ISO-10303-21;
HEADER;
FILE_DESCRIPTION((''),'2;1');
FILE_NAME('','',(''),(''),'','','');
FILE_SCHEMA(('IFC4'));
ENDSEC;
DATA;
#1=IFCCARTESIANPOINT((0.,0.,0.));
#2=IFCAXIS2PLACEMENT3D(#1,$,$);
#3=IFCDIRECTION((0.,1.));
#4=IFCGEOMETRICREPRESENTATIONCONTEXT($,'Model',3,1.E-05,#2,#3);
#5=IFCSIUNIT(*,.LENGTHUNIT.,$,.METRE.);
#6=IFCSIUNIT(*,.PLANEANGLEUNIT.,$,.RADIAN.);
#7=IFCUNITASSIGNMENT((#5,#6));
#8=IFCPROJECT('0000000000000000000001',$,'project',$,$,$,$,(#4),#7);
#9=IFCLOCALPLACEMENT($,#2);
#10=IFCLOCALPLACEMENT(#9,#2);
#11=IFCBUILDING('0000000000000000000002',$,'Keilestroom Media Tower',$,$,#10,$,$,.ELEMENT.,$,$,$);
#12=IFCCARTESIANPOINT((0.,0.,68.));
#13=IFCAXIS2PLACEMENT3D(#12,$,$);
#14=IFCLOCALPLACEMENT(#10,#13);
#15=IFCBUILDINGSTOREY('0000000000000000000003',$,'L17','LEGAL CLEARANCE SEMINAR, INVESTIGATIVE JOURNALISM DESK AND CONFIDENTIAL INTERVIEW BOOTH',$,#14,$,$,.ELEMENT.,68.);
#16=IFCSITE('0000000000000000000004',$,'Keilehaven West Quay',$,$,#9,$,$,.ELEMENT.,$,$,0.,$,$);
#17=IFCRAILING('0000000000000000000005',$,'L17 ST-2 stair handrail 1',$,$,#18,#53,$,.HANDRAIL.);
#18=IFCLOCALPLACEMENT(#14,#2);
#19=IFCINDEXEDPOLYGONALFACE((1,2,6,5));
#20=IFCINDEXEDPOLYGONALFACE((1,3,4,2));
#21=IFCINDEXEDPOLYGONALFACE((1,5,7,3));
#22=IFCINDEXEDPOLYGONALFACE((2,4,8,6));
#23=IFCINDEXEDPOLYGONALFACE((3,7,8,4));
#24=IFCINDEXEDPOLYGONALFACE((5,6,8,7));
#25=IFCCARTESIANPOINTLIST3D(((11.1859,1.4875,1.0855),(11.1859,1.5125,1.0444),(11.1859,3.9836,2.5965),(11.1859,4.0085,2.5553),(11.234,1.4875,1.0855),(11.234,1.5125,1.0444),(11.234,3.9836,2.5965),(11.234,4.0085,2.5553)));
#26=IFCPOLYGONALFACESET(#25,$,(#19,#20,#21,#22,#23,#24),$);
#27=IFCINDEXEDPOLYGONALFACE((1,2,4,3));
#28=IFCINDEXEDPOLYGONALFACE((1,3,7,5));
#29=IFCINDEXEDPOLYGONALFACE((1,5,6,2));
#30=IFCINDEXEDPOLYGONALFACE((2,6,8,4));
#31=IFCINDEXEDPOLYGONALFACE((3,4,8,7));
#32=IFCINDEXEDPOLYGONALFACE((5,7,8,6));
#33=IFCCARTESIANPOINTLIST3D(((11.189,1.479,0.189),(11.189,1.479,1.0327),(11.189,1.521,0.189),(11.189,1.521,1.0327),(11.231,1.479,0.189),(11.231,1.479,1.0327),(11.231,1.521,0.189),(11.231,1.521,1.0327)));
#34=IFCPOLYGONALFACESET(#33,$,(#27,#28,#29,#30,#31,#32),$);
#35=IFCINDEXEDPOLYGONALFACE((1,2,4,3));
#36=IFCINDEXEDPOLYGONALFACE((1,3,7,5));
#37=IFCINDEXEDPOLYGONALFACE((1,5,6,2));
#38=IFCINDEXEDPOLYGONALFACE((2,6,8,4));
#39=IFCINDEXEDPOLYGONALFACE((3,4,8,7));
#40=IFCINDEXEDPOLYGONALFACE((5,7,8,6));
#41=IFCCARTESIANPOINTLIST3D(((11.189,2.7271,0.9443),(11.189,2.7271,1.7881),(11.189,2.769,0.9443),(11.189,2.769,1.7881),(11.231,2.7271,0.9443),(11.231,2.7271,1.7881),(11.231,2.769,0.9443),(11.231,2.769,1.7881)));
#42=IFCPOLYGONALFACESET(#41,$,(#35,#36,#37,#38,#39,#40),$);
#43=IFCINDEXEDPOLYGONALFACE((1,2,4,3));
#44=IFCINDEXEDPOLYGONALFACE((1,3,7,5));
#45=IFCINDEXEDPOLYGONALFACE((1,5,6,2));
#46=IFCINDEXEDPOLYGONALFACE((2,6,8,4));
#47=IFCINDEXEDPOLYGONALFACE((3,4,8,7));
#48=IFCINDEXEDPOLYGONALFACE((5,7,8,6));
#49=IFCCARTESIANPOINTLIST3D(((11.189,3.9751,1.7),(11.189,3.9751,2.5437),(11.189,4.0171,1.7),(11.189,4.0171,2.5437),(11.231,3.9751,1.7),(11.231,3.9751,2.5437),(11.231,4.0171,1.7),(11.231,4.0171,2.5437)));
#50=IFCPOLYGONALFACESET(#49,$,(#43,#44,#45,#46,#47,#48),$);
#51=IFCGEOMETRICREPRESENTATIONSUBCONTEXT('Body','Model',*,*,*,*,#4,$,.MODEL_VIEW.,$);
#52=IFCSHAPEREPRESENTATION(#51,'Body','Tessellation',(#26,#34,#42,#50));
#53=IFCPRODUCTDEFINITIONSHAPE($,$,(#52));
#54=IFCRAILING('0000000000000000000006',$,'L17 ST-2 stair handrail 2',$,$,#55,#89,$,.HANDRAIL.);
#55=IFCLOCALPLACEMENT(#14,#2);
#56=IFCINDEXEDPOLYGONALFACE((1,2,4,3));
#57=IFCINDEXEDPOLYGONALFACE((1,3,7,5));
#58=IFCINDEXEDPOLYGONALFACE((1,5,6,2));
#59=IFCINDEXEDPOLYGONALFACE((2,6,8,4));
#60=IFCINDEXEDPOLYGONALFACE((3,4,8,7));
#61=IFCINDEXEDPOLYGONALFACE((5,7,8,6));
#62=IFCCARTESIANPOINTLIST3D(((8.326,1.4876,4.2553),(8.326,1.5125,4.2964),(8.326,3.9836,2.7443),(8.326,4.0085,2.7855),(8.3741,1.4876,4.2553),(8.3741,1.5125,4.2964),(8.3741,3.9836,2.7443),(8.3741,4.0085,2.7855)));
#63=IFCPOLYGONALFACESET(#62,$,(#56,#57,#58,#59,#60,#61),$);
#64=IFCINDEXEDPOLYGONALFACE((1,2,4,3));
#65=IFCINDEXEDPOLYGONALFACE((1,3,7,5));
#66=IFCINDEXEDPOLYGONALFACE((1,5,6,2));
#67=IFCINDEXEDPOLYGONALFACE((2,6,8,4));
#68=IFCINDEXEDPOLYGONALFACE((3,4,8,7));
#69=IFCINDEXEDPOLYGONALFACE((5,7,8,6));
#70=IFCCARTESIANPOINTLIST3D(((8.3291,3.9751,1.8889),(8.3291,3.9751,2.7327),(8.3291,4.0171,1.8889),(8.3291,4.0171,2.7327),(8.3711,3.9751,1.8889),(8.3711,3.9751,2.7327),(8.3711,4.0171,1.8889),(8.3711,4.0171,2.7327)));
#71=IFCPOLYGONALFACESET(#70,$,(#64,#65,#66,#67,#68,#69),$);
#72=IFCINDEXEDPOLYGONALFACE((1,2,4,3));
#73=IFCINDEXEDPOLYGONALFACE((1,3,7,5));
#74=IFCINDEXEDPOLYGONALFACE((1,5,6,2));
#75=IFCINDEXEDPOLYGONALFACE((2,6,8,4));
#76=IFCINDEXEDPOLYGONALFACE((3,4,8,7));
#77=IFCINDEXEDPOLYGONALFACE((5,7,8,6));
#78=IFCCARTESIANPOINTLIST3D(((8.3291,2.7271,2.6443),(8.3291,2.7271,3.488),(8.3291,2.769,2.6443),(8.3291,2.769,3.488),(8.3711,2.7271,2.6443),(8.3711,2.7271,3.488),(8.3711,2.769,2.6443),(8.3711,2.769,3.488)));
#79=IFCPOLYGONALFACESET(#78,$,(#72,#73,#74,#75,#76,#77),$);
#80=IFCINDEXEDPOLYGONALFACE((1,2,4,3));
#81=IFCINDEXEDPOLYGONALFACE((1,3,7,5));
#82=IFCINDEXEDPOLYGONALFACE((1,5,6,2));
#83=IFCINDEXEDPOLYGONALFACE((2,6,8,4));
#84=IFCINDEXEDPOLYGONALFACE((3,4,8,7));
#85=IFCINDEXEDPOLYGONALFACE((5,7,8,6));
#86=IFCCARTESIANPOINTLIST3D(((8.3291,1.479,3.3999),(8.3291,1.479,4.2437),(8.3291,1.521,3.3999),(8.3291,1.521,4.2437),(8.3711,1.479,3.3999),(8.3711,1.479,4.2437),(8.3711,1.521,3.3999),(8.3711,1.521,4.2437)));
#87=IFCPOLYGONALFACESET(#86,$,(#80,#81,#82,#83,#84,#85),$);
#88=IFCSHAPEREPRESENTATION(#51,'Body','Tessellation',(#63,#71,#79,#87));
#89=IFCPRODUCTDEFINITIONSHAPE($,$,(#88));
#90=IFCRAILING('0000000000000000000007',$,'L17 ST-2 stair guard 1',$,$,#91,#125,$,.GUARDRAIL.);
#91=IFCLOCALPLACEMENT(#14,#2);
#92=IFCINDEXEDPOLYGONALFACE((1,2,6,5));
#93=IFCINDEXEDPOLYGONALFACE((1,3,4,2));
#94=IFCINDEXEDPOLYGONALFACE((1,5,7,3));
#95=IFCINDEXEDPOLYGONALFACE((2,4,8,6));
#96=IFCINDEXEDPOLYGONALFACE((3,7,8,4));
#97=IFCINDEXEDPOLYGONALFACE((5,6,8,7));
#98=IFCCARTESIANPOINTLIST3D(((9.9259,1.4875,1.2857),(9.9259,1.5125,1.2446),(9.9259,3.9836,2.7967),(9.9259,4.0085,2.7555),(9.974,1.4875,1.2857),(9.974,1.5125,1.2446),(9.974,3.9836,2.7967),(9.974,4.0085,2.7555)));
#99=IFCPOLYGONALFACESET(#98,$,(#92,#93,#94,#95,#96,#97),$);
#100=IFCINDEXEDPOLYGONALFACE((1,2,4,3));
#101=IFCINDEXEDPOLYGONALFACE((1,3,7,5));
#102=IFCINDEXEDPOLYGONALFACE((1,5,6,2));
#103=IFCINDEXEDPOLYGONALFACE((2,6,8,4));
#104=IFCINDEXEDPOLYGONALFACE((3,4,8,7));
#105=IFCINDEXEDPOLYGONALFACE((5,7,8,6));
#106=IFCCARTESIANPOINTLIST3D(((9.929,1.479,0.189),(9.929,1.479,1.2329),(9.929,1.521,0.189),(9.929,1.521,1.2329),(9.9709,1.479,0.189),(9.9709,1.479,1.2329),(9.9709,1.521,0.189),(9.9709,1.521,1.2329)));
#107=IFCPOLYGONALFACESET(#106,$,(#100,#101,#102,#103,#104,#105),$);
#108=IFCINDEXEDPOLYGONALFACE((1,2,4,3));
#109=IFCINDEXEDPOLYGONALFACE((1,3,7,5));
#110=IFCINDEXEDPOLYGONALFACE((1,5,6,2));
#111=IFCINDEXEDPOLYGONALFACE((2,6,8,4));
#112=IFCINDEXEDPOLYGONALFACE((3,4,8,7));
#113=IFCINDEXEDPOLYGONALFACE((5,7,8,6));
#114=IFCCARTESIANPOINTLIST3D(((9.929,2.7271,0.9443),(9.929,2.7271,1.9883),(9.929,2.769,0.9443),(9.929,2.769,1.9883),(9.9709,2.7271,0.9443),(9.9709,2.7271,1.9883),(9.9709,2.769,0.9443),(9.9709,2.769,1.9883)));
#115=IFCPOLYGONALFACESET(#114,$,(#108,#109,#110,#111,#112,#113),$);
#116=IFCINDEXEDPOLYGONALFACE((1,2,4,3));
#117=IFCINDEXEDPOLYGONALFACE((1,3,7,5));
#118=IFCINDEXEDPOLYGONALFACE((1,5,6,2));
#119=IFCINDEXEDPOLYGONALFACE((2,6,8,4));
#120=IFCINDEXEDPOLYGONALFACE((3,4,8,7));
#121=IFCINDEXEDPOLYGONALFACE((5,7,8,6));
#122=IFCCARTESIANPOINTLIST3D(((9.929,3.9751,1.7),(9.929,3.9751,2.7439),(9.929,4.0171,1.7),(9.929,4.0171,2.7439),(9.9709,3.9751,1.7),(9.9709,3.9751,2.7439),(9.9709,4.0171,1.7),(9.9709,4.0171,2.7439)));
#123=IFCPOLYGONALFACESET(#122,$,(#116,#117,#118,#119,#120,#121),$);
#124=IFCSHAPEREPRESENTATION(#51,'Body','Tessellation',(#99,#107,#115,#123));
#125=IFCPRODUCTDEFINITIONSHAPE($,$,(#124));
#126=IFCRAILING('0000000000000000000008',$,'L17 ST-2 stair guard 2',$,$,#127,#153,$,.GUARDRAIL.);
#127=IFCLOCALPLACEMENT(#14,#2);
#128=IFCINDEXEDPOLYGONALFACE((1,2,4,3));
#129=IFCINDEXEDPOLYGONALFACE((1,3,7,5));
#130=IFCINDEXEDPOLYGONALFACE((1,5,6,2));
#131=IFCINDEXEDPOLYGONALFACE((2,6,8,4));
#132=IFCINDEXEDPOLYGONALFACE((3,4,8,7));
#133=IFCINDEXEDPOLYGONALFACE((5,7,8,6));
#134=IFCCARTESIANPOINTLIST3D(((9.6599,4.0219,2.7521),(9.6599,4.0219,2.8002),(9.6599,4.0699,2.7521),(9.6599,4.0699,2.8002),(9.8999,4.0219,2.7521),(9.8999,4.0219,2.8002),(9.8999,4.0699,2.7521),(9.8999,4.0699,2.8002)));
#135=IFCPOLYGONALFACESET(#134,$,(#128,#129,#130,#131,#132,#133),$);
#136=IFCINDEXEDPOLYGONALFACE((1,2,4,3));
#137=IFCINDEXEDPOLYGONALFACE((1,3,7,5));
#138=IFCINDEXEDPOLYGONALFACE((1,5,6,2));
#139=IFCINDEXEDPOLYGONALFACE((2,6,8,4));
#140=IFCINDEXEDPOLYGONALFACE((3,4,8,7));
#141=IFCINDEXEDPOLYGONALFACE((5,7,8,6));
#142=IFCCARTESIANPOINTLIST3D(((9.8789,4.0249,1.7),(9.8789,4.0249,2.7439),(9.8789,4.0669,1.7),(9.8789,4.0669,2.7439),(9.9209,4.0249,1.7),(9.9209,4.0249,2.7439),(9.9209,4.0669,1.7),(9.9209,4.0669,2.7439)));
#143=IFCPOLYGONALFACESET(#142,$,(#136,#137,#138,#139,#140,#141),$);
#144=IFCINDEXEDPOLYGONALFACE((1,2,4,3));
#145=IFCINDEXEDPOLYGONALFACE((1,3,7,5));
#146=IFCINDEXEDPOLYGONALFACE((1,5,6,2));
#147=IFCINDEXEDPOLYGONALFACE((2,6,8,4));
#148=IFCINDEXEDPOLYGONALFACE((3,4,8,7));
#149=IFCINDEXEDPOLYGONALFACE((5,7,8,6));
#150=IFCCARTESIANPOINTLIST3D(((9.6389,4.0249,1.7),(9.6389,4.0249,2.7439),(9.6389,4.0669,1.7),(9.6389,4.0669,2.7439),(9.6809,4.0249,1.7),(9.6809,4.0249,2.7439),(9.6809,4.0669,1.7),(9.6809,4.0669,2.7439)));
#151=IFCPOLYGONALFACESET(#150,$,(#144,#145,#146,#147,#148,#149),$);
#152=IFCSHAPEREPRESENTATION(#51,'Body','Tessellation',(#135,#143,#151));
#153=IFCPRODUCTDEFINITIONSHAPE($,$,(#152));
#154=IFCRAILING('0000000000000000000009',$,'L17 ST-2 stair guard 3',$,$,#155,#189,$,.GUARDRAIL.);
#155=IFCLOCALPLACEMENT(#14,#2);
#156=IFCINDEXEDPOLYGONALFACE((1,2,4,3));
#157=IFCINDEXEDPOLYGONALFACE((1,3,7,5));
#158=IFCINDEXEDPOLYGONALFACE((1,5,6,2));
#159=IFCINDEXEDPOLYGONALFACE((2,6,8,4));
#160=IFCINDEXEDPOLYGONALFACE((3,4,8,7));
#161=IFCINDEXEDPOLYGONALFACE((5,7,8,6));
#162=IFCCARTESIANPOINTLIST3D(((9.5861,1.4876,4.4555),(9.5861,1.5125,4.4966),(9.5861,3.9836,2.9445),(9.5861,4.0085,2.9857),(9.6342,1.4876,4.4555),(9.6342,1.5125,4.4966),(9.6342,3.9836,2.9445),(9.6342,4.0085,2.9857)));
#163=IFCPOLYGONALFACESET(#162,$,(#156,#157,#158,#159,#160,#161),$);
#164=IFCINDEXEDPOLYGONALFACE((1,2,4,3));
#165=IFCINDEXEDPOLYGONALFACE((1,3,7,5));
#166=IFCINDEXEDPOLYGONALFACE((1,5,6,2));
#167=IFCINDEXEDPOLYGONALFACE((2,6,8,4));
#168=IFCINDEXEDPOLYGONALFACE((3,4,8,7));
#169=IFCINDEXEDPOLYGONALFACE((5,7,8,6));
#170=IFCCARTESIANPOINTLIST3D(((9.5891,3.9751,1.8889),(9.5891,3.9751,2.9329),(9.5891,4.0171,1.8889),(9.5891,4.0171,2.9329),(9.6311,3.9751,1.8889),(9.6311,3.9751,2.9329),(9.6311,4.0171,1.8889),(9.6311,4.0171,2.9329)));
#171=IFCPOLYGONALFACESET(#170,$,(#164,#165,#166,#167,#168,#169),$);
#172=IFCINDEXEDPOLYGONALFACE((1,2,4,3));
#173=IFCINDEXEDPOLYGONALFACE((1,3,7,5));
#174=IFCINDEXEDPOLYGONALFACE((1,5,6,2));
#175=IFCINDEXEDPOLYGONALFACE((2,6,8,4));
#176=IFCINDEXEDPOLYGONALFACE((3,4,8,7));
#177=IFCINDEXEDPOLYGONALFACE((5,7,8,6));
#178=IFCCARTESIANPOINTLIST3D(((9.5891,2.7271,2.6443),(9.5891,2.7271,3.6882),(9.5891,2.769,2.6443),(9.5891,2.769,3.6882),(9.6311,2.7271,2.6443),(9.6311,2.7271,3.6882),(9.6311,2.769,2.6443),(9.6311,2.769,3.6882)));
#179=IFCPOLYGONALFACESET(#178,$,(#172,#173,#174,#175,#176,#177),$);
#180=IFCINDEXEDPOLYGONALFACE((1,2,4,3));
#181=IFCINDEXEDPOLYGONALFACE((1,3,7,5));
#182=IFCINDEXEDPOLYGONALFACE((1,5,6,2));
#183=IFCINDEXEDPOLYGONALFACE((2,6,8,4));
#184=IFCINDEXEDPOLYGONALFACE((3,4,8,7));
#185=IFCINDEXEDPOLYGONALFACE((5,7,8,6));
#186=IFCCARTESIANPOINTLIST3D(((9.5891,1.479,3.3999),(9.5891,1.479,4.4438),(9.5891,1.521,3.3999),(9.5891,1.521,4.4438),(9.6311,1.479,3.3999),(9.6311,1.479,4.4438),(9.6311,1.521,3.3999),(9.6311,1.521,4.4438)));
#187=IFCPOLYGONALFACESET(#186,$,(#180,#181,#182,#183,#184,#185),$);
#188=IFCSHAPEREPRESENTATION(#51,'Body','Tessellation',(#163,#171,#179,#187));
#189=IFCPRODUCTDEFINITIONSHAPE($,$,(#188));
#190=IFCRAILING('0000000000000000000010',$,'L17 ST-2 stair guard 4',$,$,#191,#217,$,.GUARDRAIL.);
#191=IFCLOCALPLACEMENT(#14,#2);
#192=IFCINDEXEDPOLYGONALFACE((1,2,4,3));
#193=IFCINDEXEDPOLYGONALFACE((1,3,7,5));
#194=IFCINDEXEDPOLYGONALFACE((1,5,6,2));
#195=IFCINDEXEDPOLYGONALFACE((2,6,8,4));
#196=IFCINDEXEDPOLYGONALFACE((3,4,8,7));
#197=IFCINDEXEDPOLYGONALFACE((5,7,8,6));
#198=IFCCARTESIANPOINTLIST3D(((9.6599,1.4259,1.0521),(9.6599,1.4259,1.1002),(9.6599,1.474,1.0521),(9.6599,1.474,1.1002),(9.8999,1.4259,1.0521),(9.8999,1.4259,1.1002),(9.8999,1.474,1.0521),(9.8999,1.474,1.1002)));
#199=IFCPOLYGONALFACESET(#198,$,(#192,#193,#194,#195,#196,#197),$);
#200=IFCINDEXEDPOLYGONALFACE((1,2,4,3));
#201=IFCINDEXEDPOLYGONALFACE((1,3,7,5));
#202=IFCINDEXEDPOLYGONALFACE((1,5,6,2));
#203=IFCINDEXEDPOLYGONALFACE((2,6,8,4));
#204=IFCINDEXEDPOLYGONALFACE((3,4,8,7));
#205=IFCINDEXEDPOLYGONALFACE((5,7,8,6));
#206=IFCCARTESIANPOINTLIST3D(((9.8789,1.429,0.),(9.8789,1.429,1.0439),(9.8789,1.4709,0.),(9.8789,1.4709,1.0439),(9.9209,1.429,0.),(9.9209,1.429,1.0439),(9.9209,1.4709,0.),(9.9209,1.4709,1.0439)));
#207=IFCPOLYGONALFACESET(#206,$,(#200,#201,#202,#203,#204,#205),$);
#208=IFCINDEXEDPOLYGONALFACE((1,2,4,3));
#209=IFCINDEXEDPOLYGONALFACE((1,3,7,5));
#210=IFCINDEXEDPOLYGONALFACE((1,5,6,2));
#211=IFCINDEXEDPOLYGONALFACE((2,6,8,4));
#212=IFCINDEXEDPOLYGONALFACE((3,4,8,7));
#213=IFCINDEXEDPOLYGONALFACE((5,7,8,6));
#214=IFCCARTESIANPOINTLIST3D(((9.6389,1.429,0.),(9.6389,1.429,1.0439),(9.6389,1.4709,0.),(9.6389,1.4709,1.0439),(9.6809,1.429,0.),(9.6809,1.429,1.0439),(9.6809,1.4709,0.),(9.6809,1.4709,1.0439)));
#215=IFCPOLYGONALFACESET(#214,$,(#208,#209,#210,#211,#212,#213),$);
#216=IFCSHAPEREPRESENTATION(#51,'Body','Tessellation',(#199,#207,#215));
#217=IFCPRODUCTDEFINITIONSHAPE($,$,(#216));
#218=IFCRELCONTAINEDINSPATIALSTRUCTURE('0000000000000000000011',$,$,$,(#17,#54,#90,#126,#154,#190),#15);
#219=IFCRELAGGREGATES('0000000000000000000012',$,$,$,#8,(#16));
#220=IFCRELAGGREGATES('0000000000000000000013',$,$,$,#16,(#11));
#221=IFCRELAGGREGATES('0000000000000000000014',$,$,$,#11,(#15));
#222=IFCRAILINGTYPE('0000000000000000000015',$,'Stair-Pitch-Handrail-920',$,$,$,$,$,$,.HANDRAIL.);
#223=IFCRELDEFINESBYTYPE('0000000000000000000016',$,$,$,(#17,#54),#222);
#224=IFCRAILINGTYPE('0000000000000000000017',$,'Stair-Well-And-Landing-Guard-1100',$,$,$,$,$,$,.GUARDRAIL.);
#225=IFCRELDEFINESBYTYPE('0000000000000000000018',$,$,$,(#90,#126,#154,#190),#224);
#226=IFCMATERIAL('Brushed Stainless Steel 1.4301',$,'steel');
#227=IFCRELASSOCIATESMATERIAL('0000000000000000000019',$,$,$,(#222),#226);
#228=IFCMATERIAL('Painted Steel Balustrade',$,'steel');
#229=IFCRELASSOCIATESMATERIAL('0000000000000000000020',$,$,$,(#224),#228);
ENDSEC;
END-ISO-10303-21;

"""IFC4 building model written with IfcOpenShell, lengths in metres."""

from ifc_helpers import new_model, si_unit, direction, frame, origin, origin_2d, place, context, subcontext, project, spatial, rectangle, extrude, material, type_object, element, save


model = new_model("IFC4")

# Units and contexts
model_context = context("Model", 3, precision=1e-05, world=origin(), true_north=direction((0.0, 1.0)))
body_context = subcontext(model_context, "Body", "Model", "MODEL_VIEW")
ifc_project = project(units=[si_unit("LENGTHUNIT", "METRE"), si_unit("PLANEANGLEUNIT", "RADIAN")], contexts=[model_context])

# Site, building, storey
site_placement = place(None, origin())
site = spatial("IfcSite", under=ifc_project, at=site_placement, Name="Keilehaven West Quay", CompositionType="ELEMENT", RefElevation=0.0)
building_placement = place(site_placement, origin())
building = spatial("IfcBuilding", under=site, at=building_placement, Name="Keilestroom Media Tower", CompositionType="ELEMENT")
storey_placement = place(building_placement, frame((0.0, 0.0, 68.0)))
storey = spatial("IfcBuildingStorey", under=building, at=storey_placement, Name="L17", Description="LEGAL CLEARANCE SEMINAR, INVESTIGATIVE JOURNALISM DESK AND CONFIDENTIAL INTERVIEW BOOTH", CompositionType="ELEMENT", Elevation=68.0)

# Railings
ifc_material_1 = material(Name="Brushed Stainless Steel 1.4301", Category="steel")
railing_type_1 = type_object("IfcRailingType", Name="Stair-Pitch-Handrail-920", PredefinedType="HANDRAIL", material=ifc_material_1)
railing_1_placement = place(storey_placement, frame((11.21, 1.5, 0.189)))
element("IfcRailing", 1, at=railing_1_placement, inside=storey, type_object=railing_type_1, Name="L17 ST-2 stair handrail 1", PredefinedType="HANDRAIL", context=body_context, shape_type="SweptSolid", body=[
    extrude(rectangle(XDim=0.0481, YDim=0.0481, at=origin_2d()), frame((0.0, 0.0, 0.876), z_axis=(0.0, 0.855471, 0.517851), x_axis=(-1.0, 0.0, 0.0)), (0.0, 0.0, 1.0), 2.9177),
    extrude(rectangle(XDim=0.042, YDim=0.042, at=origin_2d()), origin(), (0.0, 0.0, 1.0), 0.8438),
    extrude(rectangle(XDim=0.042, YDim=0.042, at=origin_2d()), frame((0.0, 1.248, 0.7554)), (0.0, 0.0, 1.0), 0.8438),
    extrude(rectangle(XDim=0.042, YDim=0.042, at=origin_2d()), frame((0.0, 2.4961, 1.511)), (0.0, 0.0, 1.0), 0.8438),
])
railing_2_placement = place(storey_placement, frame((8.3501, 3.9961, 1.8889)))
element("IfcRailing", 2, at=railing_2_placement, inside=storey, type_object=railing_type_1, Name="L17 ST-2 stair handrail 2", PredefinedType="HANDRAIL", context=body_context, shape_type="SweptSolid", body=[
    extrude(rectangle(XDim=0.0481, YDim=0.0481, at=origin_2d()), frame((0.0, 0.0, 0.876), z_axis=(0.0, -0.855471, 0.517851), x_axis=(1.0, 0.0, 0.0)), (0.0, 0.0, 1.0), 2.9177),
    extrude(rectangle(XDim=0.042, YDim=0.042, at=origin_2d()), origin(), (0.0, 0.0, 1.0), 0.8438),
    extrude(rectangle(XDim=0.042, YDim=0.042, at=origin_2d()), frame((0.0, -1.248, 0.7554)), (0.0, 0.0, 1.0), 0.8438),
    extrude(rectangle(XDim=0.042, YDim=0.042, at=origin_2d()), frame((0.0, -2.4961, 1.511)), (0.0, 0.0, 1.0), 0.8438),
])
ifc_material_2 = material(Name="Painted Steel Balustrade", Category="steel")
railing_type_2 = type_object("IfcRailingType", Name="Stair-Well-And-Landing-Guard-1100", PredefinedType="GUARDRAIL", material=ifc_material_2)
railing_3_placement = place(storey_placement, frame((9.95, 1.5, 0.189)))
element("IfcRailing", 3, at=railing_3_placement, inside=storey, type_object=railing_type_2, Name="L17 ST-2 stair guard 1", PredefinedType="GUARDRAIL", context=body_context, shape_type="SweptSolid", body=[
    extrude(rectangle(XDim=0.0481, YDim=0.0481, at=origin_2d()), frame((0.0, 0.0, 1.0762), z_axis=(0.0, 0.855471, 0.517851), x_axis=(-1.0, 0.0, 0.0)), (0.0, 0.0, 1.0), 2.9177),
    extrude(rectangle(XDim=0.042, YDim=0.042, at=origin_2d()), origin(), (0.0, 0.0, 1.0), 1.0439),
    extrude(rectangle(XDim=0.042, YDim=0.042, at=origin_2d()), frame((0.0, 1.248, 0.7554)), (0.0, 0.0, 1.0), 1.0439),
    extrude(rectangle(XDim=0.042, YDim=0.042, at=origin_2d()), frame((0.0, 2.4961, 1.511)), (0.0, 0.0, 1.0), 1.0439),
])
railing_4_placement = place(storey_placement, frame((9.8999, 4.0459, 1.7)))
element("IfcRailing", 4, at=railing_4_placement, inside=storey, type_object=railing_type_2, Name="L17 ST-2 stair guard 2", PredefinedType="GUARDRAIL", context=body_context, shape_type="SweptSolid", body=[
    extrude(rectangle(XDim=0.0481, YDim=0.0481, at=origin_2d()), frame((0.0, 0.0, 1.0762), z_axis=(-1.0, 0.0, 0.0), x_axis=(0.0, -1.0, 0.0)), (0.0, 0.0, 1.0), 0.24),
    extrude(rectangle(XDim=0.042, YDim=0.042, at=origin_2d()), origin(), (0.0, 0.0, 1.0), 1.0439),
    extrude(rectangle(XDim=0.042, YDim=0.042, at=origin_2d()), frame((-0.24, 0.0, 0.0)), (0.0, 0.0, 1.0), 1.0439),
])
railing_5_placement = place(storey_placement, frame((9.6101, 3.9961, 1.8889)))
element("IfcRailing", 5, at=railing_5_placement, inside=storey, type_object=railing_type_2, Name="L17 ST-2 stair guard 3", PredefinedType="GUARDRAIL", context=body_context, shape_type="SweptSolid", body=[
    extrude(rectangle(XDim=0.0481, YDim=0.0481, at=origin_2d()), frame((0.0, 0.0, 1.0762), z_axis=(0.0, -0.855471, 0.517851), x_axis=(1.0, 0.0, 0.0)), (0.0, 0.0, 1.0), 2.9177),
    extrude(rectangle(XDim=0.042, YDim=0.042, at=origin_2d()), origin(), (0.0, 0.0, 1.0), 1.0439),
    extrude(rectangle(XDim=0.042, YDim=0.042, at=origin_2d()), frame((0.0, -1.248, 0.7554)), (0.0, 0.0, 1.0), 1.0439),
    extrude(rectangle(XDim=0.042, YDim=0.042, at=origin_2d()), frame((0.0, -2.4961, 1.511)), (0.0, 0.0, 1.0), 1.0439),
])
railing_6_placement = place(storey_placement, frame((9.8999, 1.45, 0.0)))
element("IfcRailing", 6, at=railing_6_placement, inside=storey, type_object=railing_type_2, Name="L17 ST-2 stair guard 4", PredefinedType="GUARDRAIL", context=body_context, shape_type="SweptSolid", body=[
    extrude(rectangle(XDim=0.0481, YDim=0.0481, at=origin_2d()), frame((0.0, 0.0, 1.0762), z_axis=(-1.0, 0.0, 0.0), x_axis=(0.0, -1.0, 0.0)), (0.0, 0.0, 1.0), 0.24),
    extrude(rectangle(XDim=0.042, YDim=0.042, at=origin_2d()), origin(), (0.0, 0.0, 1.0), 1.0439),
    extrude(rectangle(XDim=0.042, YDim=0.042, at=origin_2d()), frame((-0.24, 0.0, 0.0)), (0.0, 0.0, 1.0), 1.0439),
])

save(model, "model.ifc")
